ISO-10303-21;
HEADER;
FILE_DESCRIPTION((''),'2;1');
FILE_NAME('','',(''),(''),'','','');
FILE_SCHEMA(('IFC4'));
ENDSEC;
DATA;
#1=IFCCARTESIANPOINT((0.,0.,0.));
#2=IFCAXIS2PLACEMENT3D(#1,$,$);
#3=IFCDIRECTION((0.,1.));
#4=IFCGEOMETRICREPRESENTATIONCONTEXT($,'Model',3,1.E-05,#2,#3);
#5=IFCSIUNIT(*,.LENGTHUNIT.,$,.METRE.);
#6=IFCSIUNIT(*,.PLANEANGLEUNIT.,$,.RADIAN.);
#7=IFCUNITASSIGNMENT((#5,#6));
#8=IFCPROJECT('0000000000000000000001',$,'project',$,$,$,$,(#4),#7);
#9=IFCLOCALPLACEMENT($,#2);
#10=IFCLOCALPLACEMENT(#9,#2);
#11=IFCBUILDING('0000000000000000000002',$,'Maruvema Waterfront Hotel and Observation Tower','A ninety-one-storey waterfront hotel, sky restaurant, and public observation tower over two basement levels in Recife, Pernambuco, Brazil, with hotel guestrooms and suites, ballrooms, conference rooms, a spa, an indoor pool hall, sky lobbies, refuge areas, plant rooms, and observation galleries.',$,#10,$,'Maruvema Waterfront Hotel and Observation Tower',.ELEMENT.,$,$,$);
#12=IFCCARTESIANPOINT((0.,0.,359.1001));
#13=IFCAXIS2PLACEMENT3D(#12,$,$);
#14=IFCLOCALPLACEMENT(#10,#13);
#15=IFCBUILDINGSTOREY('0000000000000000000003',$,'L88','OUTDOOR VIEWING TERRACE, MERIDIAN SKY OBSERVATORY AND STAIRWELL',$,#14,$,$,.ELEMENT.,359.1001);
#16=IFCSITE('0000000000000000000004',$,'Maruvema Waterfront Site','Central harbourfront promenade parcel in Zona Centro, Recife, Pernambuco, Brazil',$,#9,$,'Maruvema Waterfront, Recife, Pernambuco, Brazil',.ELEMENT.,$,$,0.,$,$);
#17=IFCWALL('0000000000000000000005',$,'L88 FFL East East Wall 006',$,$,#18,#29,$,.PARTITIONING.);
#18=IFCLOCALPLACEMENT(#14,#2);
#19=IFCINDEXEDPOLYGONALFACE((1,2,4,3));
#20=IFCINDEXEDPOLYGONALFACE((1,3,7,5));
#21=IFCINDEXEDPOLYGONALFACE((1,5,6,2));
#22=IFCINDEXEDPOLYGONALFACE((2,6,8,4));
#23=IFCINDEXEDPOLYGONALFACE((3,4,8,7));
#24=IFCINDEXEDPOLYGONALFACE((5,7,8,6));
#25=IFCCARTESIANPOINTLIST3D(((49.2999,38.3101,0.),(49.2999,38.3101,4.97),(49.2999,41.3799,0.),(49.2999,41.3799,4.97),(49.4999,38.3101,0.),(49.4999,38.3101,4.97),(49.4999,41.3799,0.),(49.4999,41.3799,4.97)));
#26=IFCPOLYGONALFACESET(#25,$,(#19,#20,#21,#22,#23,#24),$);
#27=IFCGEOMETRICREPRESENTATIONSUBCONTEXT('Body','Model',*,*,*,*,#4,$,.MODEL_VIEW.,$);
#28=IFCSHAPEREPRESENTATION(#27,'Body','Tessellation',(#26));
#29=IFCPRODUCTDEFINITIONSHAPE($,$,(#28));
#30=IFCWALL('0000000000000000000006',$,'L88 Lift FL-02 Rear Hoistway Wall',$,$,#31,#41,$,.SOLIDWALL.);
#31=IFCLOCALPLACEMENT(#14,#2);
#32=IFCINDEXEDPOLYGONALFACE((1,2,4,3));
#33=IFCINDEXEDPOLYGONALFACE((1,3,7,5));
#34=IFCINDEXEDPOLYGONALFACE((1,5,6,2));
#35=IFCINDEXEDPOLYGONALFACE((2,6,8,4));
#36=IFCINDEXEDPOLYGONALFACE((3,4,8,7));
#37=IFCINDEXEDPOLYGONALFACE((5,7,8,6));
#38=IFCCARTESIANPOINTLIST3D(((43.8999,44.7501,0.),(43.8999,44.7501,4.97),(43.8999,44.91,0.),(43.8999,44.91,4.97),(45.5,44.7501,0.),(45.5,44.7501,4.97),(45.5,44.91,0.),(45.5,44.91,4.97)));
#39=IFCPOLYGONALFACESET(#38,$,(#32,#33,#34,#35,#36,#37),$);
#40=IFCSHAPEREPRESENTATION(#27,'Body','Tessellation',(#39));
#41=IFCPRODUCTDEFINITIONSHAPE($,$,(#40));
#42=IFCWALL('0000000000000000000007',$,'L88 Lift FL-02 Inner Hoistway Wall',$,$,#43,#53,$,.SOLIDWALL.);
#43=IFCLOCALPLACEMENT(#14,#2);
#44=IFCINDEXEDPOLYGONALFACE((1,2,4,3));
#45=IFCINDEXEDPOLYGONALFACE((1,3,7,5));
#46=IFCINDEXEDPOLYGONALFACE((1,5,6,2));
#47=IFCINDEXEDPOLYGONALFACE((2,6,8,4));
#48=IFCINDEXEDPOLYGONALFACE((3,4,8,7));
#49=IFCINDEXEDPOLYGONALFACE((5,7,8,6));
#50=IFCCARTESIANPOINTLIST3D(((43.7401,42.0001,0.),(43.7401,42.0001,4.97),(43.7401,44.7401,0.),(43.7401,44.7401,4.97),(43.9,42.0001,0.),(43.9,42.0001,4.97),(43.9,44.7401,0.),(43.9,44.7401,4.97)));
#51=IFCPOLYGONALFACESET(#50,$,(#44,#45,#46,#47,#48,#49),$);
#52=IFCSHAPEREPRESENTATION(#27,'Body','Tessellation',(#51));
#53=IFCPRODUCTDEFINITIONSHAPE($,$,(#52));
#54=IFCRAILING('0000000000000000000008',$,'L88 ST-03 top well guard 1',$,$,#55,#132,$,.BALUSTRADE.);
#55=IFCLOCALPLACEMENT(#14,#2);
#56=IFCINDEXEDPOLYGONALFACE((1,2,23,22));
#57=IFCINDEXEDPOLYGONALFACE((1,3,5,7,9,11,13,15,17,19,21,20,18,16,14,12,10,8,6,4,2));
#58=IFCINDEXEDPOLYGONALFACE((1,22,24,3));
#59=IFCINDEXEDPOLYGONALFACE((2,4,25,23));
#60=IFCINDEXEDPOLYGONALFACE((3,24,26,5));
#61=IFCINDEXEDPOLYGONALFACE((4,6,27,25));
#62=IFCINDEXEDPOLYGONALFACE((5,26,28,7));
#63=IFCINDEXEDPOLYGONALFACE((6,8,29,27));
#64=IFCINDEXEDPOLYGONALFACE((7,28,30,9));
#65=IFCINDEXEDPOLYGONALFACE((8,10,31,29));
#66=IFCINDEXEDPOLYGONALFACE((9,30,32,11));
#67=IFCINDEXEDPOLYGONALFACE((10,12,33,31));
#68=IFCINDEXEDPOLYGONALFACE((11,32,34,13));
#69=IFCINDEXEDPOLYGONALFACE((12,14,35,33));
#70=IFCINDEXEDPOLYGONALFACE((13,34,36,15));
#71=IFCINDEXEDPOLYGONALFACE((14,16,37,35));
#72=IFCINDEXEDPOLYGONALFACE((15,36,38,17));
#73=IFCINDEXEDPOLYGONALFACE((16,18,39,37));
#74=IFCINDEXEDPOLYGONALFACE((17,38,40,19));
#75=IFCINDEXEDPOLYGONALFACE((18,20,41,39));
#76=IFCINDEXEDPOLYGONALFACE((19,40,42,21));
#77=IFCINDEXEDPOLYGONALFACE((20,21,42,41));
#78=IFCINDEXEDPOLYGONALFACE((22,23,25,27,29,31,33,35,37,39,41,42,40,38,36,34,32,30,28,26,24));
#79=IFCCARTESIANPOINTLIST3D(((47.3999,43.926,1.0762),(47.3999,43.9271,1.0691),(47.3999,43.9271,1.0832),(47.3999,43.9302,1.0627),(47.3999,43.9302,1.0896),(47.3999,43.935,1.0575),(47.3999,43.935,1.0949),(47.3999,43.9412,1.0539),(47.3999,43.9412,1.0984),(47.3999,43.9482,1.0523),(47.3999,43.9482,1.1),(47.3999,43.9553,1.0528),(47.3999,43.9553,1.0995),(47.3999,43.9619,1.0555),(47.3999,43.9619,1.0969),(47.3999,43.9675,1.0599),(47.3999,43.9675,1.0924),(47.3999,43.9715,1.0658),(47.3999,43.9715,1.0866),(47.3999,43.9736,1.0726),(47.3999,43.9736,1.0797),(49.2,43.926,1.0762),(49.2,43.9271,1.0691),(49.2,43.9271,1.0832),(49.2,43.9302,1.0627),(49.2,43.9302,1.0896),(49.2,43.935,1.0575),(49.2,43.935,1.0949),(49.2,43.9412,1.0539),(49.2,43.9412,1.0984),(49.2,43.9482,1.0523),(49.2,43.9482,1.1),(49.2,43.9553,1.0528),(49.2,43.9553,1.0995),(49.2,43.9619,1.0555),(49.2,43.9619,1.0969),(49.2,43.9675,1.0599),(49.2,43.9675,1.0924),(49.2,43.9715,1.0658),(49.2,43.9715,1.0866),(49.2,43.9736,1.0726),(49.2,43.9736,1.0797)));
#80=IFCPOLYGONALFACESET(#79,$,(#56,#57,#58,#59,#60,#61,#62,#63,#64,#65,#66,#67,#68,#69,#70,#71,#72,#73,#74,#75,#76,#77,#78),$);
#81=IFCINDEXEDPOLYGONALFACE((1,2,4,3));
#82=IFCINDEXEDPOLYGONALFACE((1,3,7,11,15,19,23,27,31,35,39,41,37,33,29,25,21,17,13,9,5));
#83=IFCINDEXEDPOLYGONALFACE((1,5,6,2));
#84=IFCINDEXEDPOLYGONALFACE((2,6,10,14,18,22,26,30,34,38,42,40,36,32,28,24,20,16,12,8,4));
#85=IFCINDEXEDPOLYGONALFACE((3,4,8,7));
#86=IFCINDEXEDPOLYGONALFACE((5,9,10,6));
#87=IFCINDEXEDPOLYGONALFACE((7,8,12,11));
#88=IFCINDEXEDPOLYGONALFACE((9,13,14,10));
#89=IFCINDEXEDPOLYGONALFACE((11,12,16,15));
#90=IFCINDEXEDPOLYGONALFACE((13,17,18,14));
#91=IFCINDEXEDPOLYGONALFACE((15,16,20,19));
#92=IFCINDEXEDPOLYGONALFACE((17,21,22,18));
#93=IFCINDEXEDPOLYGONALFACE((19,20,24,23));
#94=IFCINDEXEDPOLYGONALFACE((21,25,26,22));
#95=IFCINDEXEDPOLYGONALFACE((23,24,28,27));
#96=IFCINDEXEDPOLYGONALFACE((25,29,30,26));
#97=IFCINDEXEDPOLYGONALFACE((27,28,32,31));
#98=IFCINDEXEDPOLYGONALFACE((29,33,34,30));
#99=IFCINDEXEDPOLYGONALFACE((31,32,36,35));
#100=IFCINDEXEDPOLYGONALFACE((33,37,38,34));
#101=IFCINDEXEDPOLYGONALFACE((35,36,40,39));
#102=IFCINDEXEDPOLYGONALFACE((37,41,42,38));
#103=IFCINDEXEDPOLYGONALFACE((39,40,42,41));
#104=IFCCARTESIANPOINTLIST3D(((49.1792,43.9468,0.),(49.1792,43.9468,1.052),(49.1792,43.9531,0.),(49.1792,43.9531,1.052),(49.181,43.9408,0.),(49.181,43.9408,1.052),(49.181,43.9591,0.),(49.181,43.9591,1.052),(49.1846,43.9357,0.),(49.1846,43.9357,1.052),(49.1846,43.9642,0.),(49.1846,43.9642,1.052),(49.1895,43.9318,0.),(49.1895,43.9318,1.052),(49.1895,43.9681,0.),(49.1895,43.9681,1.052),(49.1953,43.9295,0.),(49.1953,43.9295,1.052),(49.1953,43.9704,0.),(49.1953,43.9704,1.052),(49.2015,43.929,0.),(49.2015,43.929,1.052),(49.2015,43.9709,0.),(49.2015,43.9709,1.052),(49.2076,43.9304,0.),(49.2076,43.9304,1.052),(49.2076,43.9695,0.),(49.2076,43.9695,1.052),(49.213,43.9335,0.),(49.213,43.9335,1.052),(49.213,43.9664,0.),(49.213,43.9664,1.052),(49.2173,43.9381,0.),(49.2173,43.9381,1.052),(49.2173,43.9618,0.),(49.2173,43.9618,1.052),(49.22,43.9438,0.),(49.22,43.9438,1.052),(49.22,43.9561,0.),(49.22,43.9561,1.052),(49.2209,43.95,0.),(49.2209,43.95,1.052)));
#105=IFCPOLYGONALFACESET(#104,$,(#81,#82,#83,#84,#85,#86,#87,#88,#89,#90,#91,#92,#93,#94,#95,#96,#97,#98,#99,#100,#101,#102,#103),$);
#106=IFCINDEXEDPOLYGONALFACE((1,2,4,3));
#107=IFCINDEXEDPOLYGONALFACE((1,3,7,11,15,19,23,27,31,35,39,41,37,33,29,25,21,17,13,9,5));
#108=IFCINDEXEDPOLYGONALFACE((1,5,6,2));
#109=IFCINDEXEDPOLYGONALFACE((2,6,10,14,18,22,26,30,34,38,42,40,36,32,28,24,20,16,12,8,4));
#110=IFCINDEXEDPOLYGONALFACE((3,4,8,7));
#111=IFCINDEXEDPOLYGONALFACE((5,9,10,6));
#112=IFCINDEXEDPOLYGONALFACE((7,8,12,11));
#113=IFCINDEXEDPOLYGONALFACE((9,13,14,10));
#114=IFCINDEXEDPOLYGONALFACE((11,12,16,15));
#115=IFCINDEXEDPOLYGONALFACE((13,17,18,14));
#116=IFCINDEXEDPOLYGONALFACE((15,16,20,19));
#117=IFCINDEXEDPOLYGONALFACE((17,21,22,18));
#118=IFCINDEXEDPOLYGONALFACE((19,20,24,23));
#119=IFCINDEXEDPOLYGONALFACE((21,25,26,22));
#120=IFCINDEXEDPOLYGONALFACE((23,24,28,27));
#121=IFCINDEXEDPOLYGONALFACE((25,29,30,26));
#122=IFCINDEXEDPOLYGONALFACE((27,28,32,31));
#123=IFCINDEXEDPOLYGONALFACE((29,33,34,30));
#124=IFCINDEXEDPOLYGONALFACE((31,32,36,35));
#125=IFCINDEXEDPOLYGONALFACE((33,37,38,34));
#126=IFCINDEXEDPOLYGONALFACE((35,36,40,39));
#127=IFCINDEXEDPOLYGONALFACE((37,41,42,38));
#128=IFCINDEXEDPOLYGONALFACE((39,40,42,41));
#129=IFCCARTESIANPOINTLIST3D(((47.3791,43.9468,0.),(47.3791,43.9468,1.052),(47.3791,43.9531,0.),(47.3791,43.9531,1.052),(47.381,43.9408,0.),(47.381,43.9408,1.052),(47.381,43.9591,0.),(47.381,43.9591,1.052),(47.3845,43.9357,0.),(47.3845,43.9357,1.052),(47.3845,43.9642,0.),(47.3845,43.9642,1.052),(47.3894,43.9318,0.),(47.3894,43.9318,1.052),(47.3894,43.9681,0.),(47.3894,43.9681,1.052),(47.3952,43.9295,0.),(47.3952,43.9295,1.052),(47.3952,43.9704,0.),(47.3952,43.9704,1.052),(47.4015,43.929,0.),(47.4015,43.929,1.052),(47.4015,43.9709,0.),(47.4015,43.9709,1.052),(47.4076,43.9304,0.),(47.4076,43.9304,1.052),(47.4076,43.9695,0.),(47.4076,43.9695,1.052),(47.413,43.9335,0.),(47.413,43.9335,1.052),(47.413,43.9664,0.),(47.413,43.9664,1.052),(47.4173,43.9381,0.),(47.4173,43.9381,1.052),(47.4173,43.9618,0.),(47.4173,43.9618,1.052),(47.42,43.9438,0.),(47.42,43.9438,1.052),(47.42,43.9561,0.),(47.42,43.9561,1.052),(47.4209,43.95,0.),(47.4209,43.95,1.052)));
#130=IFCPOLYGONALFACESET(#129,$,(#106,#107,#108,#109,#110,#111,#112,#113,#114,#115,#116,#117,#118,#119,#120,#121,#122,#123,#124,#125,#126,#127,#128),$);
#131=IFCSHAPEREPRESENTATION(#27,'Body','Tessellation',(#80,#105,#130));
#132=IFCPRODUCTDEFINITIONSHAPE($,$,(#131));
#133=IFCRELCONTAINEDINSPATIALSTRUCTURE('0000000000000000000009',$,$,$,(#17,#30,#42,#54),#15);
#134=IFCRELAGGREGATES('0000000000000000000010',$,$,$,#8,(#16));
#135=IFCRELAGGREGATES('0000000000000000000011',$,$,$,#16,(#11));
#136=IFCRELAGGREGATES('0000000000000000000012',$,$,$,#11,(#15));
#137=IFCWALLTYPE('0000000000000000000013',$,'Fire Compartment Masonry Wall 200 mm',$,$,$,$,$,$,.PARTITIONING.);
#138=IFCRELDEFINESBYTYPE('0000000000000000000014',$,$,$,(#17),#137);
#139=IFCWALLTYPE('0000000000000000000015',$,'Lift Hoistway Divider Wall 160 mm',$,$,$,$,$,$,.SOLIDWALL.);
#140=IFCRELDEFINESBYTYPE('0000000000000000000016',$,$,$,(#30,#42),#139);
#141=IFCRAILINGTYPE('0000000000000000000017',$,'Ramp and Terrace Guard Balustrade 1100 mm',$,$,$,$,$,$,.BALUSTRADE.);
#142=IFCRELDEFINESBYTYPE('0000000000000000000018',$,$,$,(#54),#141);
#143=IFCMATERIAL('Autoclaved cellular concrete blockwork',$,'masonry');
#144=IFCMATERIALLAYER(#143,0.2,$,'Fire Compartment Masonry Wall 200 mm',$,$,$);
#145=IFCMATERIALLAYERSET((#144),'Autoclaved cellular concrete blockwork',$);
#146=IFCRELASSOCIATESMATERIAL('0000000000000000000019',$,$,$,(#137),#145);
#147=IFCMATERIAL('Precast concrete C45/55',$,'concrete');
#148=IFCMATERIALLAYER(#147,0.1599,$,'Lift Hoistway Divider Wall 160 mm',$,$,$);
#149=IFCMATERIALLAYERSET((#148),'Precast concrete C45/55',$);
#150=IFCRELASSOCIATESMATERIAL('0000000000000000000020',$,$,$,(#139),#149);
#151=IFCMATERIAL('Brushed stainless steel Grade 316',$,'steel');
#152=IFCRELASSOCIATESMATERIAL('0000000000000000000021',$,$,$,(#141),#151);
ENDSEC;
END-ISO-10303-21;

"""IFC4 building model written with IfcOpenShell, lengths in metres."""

from ifc_helpers import new_model, si_unit, direction, frame, frame_2d, origin, origin_2d, place, context, subcontext, project, spatial, rectangle, circle, extrude, material, layer, layer_set, type_object, element, save


model = new_model("IFC4")

# Units and contexts
model_context = context("Model", 3, precision=1e-05, world=origin(), true_north=direction((0.0, 1.0)))
body_context = subcontext(model_context, "Body", "Model", "MODEL_VIEW")
ifc_project = project(units=[si_unit("LENGTHUNIT", "METRE"), si_unit("PLANEANGLEUNIT", "RADIAN")], contexts=[model_context])

# Site, building, storey
site_placement = place(None, origin())
site = spatial("IfcSite", under=ifc_project, at=site_placement, Name="Maruvema Waterfront Site", Description="Central harbourfront promenade parcel in Zona Centro, Recife, Pernambuco, Brazil", LongName="Maruvema Waterfront, Recife, Pernambuco, Brazil", CompositionType="ELEMENT", RefElevation=0.0)
building_placement = place(site_placement, origin())
building = spatial("IfcBuilding", under=site, at=building_placement, Name="Maruvema Waterfront Hotel and Observation Tower", Description="A ninety-one-storey waterfront hotel, sky restaurant, and public observation tower over two basement levels in Recife, Pernambuco, Brazil, with hotel guestrooms and suites, ballrooms, conference rooms, a spa, an indoor pool hall, sky lobbies, refuge areas, plant rooms, and observation galleries.", LongName="Maruvema Waterfront Hotel and Observation Tower", CompositionType="ELEMENT")
storey_placement = place(building_placement, frame((0.0, 0.0, 359.1001)))
storey = spatial("IfcBuildingStorey", under=building, at=storey_placement, Name="L88", Description="OUTDOOR VIEWING TERRACE, MERIDIAN SKY OBSERVATORY AND STAIRWELL", CompositionType="ELEMENT", Elevation=359.1001)

# Walls
ifc_material_1 = material(Name="Autoclaved cellular concrete blockwork", Category="masonry")
ifc_layer_1 = layer(ifc_material_1, 0.2, Name="Fire Compartment Masonry Wall 200 mm")
ifc_layer_set_1 = layer_set([ifc_layer_1], Name="Autoclaved cellular concrete blockwork")
wall_type_1 = type_object("IfcWallType", Name="Fire Compartment Masonry Wall 200 mm", PredefinedType="PARTITIONING", material=ifc_layer_set_1)
wall_1_placement = place(storey_placement, frame((49.3999, 38.3101, 0.0), z_axis=(0.0, 0.0, 1.0), x_axis=(0.0, 1.0, 0.0)))
element("IfcWall", 1, at=wall_1_placement, inside=storey, type_object=wall_type_1, Name="L88 FFL East East Wall 006", PredefinedType="PARTITIONING", context=body_context, shape_type="SweptSolid", body=[
    extrude(rectangle(XDim=3.0698, YDim=0.2, at=frame_2d((1.5349, 0.0))), origin(), (0.0, 0.0, 1.0), 4.97),
])
ifc_material_2 = material(Name="Precast concrete C45/55", Category="concrete")
ifc_layer_2 = layer(ifc_material_2, 0.1599, Name="Lift Hoistway Divider Wall 160 mm")
ifc_layer_set_2 = layer_set([ifc_layer_2], Name="Precast concrete C45/55")
wall_type_2 = type_object("IfcWallType", Name="Lift Hoistway Divider Wall 160 mm", PredefinedType="SOLIDWALL", material=ifc_layer_set_2)
wall_2_placement = place(storey_placement, frame((43.8999, 44.8301, 0.0), z_axis=(0.0, 0.0, 1.0), x_axis=(1.0, 0.0, 0.0)))
element("IfcWall", 2, at=wall_2_placement, inside=storey, type_object=wall_type_2, Name="L88 Lift FL-02 Rear Hoistway Wall", PredefinedType="SOLIDWALL", context=body_context, shape_type="SweptSolid", body=[
    extrude(rectangle(XDim=1.6001, YDim=0.1599, at=frame_2d((0.8, 0.0))), origin(), (0.0, 0.0, 1.0), 4.97),
])
wall_3_placement = place(storey_placement, frame((43.8201, 42.0, 0.0), z_axis=(0.0, 0.0, 1.0), x_axis=(0.0, 1.0, 0.0)))
element("IfcWall", 3, at=wall_3_placement, inside=storey, type_object=wall_type_2, Name="L88 Lift FL-02 Inner Hoistway Wall", PredefinedType="SOLIDWALL", context=body_context, shape_type="SweptSolid", body=[
    extrude(rectangle(XDim=2.74, YDim=0.1599, at=frame_2d((1.3701, 0.0))), origin(), (0.0, 0.0, 1.0), 4.97),
])

# Railing
ifc_material_3 = material(Name="Brushed stainless steel Grade 316", Category="steel")
railing_type = type_object("IfcRailingType", Name="Ramp and Terrace Guard Balustrade 1100 mm", PredefinedType="BALUSTRADE", material=ifc_material_3)
railing_1_placement = place(storey_placement, frame((49.2, 43.95, 0.0)))
element("IfcRailing", 4, at=railing_1_placement, inside=storey, type_object=railing_type, Name="L88 ST-03 top well guard 1", PredefinedType="BALUSTRADE", context=body_context, shape_type="SweptSolid", body=[
    extrude(circle(Radius=0.0239, at=origin_2d()), frame((0.0, 0.0, 1.0762), z_axis=(-1.0, 0.0, 0.0), x_axis=(0.0, -1.0, 0.0)), (0.0, 0.0, 1.0), 1.8),
    extrude(circle(Radius=0.021, at=origin_2d()), origin(), (0.0, 0.0, 1.0), 1.052),
    extrude(circle(Radius=0.021, at=origin_2d()), frame((-1.8, 0.0, 0.0)), (0.0, 0.0, 1.0), 1.052),
])

save(model, "model.ifc")
